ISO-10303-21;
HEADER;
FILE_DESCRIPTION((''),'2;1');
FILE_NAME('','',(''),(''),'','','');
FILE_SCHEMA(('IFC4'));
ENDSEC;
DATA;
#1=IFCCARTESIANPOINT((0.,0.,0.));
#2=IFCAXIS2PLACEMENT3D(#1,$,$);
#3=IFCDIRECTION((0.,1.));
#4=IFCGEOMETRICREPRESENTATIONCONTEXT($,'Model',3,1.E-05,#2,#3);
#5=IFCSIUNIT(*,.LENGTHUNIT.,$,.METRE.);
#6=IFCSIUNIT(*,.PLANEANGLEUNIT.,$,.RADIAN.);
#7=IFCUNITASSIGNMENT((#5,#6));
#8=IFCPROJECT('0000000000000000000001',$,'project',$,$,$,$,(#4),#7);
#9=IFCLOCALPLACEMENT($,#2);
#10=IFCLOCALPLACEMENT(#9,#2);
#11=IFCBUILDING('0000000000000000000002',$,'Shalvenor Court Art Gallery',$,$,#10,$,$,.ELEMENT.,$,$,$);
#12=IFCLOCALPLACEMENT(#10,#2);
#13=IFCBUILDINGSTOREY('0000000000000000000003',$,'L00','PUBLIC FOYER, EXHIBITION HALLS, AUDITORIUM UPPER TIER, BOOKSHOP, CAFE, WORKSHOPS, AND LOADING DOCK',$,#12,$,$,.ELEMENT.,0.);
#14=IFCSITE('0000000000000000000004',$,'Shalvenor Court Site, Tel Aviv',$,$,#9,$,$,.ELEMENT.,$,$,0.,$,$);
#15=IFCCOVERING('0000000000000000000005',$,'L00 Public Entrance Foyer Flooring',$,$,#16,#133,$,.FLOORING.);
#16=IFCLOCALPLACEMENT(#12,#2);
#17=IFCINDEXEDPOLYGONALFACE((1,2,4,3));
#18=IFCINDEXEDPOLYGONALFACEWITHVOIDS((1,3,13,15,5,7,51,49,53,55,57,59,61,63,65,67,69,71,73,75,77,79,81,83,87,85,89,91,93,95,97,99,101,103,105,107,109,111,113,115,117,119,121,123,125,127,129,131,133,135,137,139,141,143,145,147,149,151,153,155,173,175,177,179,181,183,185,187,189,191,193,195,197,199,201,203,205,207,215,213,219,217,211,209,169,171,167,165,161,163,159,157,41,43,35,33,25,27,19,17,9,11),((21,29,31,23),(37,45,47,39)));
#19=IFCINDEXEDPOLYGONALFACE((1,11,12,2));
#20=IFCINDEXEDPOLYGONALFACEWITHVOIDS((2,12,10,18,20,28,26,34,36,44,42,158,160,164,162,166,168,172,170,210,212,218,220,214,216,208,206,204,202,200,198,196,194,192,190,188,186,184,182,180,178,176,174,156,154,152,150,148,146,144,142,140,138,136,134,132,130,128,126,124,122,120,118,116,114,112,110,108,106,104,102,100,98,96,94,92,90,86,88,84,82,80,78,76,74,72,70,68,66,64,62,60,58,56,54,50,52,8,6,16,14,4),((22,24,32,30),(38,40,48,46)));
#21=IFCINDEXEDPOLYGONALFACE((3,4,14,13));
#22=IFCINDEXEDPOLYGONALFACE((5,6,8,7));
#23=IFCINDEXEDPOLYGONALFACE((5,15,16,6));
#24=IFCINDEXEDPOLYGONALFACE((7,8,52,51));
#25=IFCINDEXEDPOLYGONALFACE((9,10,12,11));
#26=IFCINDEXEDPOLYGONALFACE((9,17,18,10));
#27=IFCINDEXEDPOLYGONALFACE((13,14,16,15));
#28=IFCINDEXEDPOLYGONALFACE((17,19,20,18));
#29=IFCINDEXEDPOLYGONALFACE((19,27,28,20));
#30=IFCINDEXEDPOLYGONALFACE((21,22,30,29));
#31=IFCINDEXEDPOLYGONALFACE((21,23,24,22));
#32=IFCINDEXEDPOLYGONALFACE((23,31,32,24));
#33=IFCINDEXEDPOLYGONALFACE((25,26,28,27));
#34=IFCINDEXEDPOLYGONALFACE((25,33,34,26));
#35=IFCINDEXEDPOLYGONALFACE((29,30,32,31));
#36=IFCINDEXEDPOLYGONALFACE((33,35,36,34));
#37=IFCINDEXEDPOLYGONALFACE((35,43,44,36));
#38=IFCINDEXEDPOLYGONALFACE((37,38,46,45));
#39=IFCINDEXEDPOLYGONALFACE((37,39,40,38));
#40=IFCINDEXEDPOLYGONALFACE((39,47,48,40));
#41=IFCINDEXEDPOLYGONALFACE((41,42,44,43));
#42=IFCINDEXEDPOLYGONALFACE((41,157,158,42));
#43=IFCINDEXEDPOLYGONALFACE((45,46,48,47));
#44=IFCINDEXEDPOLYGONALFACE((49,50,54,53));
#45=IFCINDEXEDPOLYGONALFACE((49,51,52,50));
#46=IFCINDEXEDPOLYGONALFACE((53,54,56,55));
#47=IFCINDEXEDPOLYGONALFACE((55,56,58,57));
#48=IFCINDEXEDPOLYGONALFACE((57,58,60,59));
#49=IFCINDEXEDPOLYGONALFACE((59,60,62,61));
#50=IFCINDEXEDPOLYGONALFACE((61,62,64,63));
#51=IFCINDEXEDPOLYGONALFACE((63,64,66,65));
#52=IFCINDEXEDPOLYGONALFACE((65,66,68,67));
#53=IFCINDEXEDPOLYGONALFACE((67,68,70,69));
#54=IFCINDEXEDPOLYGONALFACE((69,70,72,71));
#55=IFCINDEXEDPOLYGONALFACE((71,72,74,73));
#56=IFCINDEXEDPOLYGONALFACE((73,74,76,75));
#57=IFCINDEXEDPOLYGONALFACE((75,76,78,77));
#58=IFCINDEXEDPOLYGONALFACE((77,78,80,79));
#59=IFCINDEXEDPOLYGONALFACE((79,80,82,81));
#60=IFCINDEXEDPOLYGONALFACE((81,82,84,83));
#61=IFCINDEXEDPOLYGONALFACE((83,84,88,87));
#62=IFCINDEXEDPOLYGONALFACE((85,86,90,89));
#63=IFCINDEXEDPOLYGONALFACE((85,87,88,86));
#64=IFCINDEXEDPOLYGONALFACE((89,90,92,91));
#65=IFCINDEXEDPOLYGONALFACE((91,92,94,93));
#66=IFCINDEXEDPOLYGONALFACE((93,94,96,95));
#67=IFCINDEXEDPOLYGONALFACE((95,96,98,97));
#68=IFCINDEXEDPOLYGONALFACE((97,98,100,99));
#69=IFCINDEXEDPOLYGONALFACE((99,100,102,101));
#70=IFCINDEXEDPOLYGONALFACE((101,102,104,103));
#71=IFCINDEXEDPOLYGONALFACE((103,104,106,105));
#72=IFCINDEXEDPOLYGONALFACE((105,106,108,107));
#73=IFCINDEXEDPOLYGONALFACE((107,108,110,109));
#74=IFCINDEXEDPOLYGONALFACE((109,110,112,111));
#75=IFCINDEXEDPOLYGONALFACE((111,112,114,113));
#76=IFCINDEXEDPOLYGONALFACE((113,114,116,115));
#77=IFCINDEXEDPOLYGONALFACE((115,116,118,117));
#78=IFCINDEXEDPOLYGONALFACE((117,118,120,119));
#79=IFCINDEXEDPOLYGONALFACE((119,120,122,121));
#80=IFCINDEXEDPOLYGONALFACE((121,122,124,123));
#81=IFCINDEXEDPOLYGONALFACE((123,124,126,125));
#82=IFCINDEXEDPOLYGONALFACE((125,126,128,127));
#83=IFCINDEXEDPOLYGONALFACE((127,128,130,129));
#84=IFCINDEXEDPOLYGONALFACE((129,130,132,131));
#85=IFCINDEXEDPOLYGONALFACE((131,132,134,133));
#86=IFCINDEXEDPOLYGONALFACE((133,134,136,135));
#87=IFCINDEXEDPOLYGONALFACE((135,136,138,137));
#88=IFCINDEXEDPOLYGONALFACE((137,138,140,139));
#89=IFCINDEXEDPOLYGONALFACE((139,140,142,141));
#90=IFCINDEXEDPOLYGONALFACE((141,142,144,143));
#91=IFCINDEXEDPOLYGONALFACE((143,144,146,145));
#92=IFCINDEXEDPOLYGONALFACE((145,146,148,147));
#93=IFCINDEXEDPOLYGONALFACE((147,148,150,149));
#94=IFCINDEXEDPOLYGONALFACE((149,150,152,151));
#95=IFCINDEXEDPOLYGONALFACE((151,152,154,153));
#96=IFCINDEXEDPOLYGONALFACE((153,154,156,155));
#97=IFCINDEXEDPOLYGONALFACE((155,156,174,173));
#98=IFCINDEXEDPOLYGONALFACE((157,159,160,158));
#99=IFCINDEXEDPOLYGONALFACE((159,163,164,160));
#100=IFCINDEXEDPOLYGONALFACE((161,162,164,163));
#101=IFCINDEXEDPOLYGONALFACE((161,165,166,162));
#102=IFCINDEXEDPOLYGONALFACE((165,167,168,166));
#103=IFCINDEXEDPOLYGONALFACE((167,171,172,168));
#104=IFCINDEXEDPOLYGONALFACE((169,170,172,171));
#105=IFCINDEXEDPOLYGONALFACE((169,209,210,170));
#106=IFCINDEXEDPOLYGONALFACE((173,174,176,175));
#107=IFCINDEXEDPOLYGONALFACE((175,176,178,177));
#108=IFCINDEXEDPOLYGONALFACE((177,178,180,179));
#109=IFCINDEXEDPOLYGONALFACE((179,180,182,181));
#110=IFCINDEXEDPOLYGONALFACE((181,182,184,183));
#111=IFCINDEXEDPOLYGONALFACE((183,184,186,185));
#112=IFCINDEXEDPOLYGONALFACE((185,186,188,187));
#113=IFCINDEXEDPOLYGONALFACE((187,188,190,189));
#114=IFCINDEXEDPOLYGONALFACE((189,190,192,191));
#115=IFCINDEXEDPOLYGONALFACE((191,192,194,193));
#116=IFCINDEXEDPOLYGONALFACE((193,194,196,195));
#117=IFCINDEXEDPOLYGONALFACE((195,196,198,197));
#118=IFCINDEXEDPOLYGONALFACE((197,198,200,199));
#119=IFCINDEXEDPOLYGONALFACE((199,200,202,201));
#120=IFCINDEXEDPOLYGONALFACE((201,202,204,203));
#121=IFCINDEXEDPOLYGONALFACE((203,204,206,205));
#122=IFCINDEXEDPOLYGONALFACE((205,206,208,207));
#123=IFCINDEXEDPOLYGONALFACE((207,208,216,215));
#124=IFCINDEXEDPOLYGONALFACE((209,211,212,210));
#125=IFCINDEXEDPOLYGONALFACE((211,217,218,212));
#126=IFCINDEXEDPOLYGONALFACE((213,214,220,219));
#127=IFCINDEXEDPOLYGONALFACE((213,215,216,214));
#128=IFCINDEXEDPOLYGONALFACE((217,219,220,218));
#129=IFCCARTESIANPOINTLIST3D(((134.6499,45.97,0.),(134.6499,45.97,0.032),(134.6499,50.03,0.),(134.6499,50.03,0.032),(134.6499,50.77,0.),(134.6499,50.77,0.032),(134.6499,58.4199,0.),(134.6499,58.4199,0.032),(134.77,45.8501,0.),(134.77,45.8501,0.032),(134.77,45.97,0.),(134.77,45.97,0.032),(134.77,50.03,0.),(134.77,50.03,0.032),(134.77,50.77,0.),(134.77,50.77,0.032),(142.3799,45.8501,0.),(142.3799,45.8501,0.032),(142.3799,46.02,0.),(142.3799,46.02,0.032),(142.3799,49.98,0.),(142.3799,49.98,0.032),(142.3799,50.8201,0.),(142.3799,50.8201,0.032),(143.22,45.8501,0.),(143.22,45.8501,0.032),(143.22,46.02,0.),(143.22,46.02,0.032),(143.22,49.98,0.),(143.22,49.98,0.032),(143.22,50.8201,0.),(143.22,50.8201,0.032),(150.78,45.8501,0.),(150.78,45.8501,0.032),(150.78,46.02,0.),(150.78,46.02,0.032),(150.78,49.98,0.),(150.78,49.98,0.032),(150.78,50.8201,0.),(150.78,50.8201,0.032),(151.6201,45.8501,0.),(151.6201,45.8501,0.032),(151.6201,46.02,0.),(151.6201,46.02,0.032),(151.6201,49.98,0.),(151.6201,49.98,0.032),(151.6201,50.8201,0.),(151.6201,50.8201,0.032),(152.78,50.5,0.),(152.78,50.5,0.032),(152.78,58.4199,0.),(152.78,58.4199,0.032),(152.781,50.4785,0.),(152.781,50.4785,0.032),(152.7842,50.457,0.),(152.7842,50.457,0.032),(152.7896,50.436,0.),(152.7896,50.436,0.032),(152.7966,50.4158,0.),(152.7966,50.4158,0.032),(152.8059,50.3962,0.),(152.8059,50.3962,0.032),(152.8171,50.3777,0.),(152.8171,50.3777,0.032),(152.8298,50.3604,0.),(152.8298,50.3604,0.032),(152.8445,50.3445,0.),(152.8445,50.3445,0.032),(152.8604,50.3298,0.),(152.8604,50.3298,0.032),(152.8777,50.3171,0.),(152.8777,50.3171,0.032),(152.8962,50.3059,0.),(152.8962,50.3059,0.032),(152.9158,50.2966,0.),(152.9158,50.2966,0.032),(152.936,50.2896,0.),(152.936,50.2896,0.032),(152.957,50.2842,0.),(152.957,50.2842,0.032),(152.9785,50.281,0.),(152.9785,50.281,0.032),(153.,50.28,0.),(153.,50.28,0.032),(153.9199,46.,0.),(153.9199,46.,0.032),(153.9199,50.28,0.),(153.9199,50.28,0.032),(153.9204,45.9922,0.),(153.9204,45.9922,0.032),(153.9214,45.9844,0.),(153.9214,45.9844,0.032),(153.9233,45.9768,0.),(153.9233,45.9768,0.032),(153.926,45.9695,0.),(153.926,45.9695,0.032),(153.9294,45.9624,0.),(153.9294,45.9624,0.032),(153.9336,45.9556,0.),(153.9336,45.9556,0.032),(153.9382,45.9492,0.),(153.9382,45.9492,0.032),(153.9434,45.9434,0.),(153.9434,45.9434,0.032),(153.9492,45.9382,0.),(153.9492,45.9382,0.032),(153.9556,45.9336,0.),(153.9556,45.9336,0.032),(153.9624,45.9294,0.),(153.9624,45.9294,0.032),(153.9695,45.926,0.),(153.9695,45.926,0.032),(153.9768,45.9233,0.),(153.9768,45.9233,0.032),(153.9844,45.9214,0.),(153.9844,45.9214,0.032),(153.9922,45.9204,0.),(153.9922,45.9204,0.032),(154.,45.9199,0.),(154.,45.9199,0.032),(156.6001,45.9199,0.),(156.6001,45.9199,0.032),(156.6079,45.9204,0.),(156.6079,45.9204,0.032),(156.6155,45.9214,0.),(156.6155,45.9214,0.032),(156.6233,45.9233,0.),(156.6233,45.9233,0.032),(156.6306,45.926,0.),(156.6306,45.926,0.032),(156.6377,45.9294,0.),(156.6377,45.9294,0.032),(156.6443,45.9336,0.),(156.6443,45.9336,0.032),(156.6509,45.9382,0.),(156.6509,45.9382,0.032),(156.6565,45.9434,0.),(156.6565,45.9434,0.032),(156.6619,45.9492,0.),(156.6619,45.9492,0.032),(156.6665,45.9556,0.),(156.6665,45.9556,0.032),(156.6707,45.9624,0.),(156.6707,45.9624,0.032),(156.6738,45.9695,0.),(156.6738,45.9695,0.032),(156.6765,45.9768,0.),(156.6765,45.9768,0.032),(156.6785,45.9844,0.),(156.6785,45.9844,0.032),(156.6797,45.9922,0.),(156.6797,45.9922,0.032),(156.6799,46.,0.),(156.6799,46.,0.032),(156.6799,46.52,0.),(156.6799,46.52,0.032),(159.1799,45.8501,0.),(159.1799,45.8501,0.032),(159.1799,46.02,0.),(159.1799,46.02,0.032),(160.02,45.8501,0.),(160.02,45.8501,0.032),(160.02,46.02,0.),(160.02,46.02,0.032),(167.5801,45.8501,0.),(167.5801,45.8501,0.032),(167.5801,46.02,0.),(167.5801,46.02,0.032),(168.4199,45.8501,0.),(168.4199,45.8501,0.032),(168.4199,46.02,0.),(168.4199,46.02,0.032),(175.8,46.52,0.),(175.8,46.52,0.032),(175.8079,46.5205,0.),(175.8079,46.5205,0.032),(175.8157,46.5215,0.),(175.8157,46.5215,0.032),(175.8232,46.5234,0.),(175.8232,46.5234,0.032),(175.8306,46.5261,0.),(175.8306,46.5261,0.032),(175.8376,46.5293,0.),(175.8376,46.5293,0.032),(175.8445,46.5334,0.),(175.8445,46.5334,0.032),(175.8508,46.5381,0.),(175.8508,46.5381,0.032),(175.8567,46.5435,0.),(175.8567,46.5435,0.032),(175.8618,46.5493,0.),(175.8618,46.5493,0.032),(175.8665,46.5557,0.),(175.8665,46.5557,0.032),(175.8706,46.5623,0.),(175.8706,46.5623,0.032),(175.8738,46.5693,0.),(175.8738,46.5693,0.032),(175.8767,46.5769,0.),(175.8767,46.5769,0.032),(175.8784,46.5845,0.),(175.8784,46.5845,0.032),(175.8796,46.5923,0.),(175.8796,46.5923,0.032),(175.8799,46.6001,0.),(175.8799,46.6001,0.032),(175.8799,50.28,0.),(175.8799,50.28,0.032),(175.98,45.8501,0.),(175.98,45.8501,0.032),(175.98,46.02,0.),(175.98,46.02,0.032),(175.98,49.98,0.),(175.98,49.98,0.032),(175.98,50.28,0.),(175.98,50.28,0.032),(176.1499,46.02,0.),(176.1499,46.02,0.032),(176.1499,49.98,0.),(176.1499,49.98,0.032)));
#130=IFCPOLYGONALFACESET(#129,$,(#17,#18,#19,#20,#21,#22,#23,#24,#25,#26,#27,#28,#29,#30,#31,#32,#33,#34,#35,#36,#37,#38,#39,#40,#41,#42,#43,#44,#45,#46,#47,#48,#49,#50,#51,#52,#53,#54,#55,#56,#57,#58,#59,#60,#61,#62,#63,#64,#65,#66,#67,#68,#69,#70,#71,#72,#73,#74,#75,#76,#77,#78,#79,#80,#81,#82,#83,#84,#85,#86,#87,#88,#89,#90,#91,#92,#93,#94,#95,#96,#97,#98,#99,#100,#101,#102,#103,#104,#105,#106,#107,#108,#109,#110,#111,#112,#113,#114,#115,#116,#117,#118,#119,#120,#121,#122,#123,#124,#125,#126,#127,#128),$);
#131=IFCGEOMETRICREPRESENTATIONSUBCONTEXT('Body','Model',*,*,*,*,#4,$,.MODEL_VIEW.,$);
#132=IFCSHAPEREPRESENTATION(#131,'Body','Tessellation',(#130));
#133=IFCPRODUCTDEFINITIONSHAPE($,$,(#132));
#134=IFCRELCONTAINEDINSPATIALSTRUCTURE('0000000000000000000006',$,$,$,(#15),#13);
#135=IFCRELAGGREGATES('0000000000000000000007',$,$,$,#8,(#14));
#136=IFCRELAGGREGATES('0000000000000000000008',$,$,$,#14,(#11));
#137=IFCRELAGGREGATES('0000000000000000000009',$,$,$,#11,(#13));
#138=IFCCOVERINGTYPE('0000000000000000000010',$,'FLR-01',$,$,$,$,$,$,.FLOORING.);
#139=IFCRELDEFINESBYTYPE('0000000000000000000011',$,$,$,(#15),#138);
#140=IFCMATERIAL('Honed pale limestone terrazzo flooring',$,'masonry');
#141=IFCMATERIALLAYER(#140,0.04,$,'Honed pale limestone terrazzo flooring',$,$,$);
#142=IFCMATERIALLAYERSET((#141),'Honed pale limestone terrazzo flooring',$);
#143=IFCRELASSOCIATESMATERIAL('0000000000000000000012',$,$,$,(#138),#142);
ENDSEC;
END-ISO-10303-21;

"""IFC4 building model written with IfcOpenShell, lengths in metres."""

from ifc_helpers import new_model, si_unit, direction, origin, place, context, subcontext, project, spatial, polyline, outline, extrude, material, layer, layer_set, type_object, element, save


model = new_model("IFC4")

# Units and contexts
model_context = context("Model", 3, precision=1e-05, world=origin(), true_north=direction((0.0, 1.0)))
body_context = subcontext(model_context, "Body", "Model", "MODEL_VIEW")
ifc_project = project(units=[si_unit("LENGTHUNIT", "METRE"), si_unit("PLANEANGLEUNIT", "RADIAN")], contexts=[model_context])

# Site, building, storey
site_placement = place(None, origin())
site = spatial("IfcSite", under=ifc_project, at=site_placement, Name="Shalvenor Court Site, Tel Aviv", CompositionType="ELEMENT", RefElevation=0.0)
building_placement = place(site_placement, origin())
building = spatial("IfcBuilding", under=site, at=building_placement, Name="Shalvenor Court Art Gallery", CompositionType="ELEMENT")
storey_placement = place(building_placement, origin())
storey = spatial("IfcBuildingStorey", under=building, at=storey_placement, Name="L00", Description="PUBLIC FOYER, EXHIBITION HALLS, AUDITORIUM UPPER TIER, BOOKSHOP, CAFE, WORKSHOPS, AND LOADING DOCK", CompositionType="ELEMENT", Elevation=0.0)

# Covering
ifc_material_1 = material(Name="Honed pale limestone terrazzo flooring", Category="masonry")
ifc_layer_1 = layer(ifc_material_1, 0.04, Name="Honed pale limestone terrazzo flooring")
ifc_layer_set_1 = layer_set([ifc_layer_1], Name="Honed pale limestone terrazzo flooring")
covering_type_1 = type_object("IfcCoveringType", Name="FLR-01", PredefinedType="FLOORING", material=ifc_layer_set_1)
covering_1_placement = place(storey_placement, origin())
element("IfcCovering", 1, at=covering_1_placement, inside=storey, type_object=covering_type_1, Name="L00 Public Entrance Foyer Flooring", PredefinedType="FLOORING", context=body_context, shape_type="SweptSolid", body=[
    extrude(outline(polyline([(152.78, 58.4199), (152.78, 50.5), (152.781, 50.4785), (152.7842, 50.457), (152.7896, 50.436), (152.7966, 50.4158), (152.8059, 50.3962), (152.8171, 50.3777), (152.8298, 50.3604), (152.8445, 50.3445), (152.8604, 50.3298), (152.8777, 50.3171), (152.8962, 50.3059), (152.9158, 50.2966), (152.936, 50.2896), (152.957, 50.2842), (152.9785, 50.281), (153.0, 50.28), (153.9199, 50.28), (153.9199, 46.0), (153.9204, 45.9922), (153.9214, 45.9844), (153.9233, 45.9768), (153.926, 45.9695), (153.9294, 45.9624), (153.9336, 45.9556), (153.9382, 45.9492), (153.9434, 45.9434), (153.9492, 45.9382), (153.9556, 45.9336), (153.9624, 45.9294), (153.9695, 45.926), (153.9768, 45.9233), (153.9844, 45.9214), (153.9922, 45.9204), (154.0, 45.9199), (156.6001, 45.9199), (156.6079, 45.9204), (156.6155, 45.9214), (156.6233, 45.9233), (156.6306, 45.926), (156.6377, 45.9294), (156.6443, 45.9336), (156.6509, 45.9382), (156.6565, 45.9434), (156.6619, 45.9492), (156.6665, 45.9556), (156.6707, 45.9624), (156.6738, 45.9695), (156.6765, 45.9768), (156.6785, 45.9844), (156.6797, 45.9922), (156.6799, 46.0), (156.6799, 46.52), (175.8, 46.52), (175.8079, 46.5205), (175.8157, 46.5215), (175.8232, 46.5234), (175.8306, 46.5261), (175.8376, 46.5293), (175.8445, 46.5334), (175.8508, 46.5381), (175.8567, 46.5435), (175.8618, 46.5493), (175.8665, 46.5557), (175.8706, 46.5623), (175.8738, 46.5693), (175.8767, 46.5769), (175.8784, 46.5845), (175.8796, 46.5923), (175.8799, 46.6001), (175.8799, 50.28), (175.98, 50.28), (175.98, 49.98), (176.1499, 49.98), (176.1499, 46.02), (175.98, 46.02), (175.98, 45.8501), (168.4199, 45.8501), (168.4199, 46.02), (167.5801, 46.02), (167.5801, 45.8501), (160.02, 45.8501), (160.02, 46.02), (159.1799, 46.02), (159.1799, 45.8501), (151.6201, 45.8501), (151.6201, 46.02), (150.78, 46.02), (150.78, 45.8501), (143.22, 45.8501), (143.22, 46.02), (142.3799, 46.02), (142.3799, 45.8501), (134.77, 45.8501), (134.77, 45.97), (134.6499, 45.97), (134.6499, 50.03), (134.77, 50.03), (134.77, 50.77), (134.6499, 50.77), (134.6499, 58.4199), (152.78, 58.4199)]), holes=[polyline([(143.22, 50.8201), (142.3799, 50.8201), (142.3799, 49.98), (143.22, 49.98), (143.22, 50.8201)]), polyline([(151.6201, 50.8201), (150.78, 50.8201), (150.78, 49.98), (151.6201, 49.98), (151.6201, 50.8201)])]), origin(), (0.0, 0.0, 1.0), 0.032),
])

save(model, "model.ifc")
